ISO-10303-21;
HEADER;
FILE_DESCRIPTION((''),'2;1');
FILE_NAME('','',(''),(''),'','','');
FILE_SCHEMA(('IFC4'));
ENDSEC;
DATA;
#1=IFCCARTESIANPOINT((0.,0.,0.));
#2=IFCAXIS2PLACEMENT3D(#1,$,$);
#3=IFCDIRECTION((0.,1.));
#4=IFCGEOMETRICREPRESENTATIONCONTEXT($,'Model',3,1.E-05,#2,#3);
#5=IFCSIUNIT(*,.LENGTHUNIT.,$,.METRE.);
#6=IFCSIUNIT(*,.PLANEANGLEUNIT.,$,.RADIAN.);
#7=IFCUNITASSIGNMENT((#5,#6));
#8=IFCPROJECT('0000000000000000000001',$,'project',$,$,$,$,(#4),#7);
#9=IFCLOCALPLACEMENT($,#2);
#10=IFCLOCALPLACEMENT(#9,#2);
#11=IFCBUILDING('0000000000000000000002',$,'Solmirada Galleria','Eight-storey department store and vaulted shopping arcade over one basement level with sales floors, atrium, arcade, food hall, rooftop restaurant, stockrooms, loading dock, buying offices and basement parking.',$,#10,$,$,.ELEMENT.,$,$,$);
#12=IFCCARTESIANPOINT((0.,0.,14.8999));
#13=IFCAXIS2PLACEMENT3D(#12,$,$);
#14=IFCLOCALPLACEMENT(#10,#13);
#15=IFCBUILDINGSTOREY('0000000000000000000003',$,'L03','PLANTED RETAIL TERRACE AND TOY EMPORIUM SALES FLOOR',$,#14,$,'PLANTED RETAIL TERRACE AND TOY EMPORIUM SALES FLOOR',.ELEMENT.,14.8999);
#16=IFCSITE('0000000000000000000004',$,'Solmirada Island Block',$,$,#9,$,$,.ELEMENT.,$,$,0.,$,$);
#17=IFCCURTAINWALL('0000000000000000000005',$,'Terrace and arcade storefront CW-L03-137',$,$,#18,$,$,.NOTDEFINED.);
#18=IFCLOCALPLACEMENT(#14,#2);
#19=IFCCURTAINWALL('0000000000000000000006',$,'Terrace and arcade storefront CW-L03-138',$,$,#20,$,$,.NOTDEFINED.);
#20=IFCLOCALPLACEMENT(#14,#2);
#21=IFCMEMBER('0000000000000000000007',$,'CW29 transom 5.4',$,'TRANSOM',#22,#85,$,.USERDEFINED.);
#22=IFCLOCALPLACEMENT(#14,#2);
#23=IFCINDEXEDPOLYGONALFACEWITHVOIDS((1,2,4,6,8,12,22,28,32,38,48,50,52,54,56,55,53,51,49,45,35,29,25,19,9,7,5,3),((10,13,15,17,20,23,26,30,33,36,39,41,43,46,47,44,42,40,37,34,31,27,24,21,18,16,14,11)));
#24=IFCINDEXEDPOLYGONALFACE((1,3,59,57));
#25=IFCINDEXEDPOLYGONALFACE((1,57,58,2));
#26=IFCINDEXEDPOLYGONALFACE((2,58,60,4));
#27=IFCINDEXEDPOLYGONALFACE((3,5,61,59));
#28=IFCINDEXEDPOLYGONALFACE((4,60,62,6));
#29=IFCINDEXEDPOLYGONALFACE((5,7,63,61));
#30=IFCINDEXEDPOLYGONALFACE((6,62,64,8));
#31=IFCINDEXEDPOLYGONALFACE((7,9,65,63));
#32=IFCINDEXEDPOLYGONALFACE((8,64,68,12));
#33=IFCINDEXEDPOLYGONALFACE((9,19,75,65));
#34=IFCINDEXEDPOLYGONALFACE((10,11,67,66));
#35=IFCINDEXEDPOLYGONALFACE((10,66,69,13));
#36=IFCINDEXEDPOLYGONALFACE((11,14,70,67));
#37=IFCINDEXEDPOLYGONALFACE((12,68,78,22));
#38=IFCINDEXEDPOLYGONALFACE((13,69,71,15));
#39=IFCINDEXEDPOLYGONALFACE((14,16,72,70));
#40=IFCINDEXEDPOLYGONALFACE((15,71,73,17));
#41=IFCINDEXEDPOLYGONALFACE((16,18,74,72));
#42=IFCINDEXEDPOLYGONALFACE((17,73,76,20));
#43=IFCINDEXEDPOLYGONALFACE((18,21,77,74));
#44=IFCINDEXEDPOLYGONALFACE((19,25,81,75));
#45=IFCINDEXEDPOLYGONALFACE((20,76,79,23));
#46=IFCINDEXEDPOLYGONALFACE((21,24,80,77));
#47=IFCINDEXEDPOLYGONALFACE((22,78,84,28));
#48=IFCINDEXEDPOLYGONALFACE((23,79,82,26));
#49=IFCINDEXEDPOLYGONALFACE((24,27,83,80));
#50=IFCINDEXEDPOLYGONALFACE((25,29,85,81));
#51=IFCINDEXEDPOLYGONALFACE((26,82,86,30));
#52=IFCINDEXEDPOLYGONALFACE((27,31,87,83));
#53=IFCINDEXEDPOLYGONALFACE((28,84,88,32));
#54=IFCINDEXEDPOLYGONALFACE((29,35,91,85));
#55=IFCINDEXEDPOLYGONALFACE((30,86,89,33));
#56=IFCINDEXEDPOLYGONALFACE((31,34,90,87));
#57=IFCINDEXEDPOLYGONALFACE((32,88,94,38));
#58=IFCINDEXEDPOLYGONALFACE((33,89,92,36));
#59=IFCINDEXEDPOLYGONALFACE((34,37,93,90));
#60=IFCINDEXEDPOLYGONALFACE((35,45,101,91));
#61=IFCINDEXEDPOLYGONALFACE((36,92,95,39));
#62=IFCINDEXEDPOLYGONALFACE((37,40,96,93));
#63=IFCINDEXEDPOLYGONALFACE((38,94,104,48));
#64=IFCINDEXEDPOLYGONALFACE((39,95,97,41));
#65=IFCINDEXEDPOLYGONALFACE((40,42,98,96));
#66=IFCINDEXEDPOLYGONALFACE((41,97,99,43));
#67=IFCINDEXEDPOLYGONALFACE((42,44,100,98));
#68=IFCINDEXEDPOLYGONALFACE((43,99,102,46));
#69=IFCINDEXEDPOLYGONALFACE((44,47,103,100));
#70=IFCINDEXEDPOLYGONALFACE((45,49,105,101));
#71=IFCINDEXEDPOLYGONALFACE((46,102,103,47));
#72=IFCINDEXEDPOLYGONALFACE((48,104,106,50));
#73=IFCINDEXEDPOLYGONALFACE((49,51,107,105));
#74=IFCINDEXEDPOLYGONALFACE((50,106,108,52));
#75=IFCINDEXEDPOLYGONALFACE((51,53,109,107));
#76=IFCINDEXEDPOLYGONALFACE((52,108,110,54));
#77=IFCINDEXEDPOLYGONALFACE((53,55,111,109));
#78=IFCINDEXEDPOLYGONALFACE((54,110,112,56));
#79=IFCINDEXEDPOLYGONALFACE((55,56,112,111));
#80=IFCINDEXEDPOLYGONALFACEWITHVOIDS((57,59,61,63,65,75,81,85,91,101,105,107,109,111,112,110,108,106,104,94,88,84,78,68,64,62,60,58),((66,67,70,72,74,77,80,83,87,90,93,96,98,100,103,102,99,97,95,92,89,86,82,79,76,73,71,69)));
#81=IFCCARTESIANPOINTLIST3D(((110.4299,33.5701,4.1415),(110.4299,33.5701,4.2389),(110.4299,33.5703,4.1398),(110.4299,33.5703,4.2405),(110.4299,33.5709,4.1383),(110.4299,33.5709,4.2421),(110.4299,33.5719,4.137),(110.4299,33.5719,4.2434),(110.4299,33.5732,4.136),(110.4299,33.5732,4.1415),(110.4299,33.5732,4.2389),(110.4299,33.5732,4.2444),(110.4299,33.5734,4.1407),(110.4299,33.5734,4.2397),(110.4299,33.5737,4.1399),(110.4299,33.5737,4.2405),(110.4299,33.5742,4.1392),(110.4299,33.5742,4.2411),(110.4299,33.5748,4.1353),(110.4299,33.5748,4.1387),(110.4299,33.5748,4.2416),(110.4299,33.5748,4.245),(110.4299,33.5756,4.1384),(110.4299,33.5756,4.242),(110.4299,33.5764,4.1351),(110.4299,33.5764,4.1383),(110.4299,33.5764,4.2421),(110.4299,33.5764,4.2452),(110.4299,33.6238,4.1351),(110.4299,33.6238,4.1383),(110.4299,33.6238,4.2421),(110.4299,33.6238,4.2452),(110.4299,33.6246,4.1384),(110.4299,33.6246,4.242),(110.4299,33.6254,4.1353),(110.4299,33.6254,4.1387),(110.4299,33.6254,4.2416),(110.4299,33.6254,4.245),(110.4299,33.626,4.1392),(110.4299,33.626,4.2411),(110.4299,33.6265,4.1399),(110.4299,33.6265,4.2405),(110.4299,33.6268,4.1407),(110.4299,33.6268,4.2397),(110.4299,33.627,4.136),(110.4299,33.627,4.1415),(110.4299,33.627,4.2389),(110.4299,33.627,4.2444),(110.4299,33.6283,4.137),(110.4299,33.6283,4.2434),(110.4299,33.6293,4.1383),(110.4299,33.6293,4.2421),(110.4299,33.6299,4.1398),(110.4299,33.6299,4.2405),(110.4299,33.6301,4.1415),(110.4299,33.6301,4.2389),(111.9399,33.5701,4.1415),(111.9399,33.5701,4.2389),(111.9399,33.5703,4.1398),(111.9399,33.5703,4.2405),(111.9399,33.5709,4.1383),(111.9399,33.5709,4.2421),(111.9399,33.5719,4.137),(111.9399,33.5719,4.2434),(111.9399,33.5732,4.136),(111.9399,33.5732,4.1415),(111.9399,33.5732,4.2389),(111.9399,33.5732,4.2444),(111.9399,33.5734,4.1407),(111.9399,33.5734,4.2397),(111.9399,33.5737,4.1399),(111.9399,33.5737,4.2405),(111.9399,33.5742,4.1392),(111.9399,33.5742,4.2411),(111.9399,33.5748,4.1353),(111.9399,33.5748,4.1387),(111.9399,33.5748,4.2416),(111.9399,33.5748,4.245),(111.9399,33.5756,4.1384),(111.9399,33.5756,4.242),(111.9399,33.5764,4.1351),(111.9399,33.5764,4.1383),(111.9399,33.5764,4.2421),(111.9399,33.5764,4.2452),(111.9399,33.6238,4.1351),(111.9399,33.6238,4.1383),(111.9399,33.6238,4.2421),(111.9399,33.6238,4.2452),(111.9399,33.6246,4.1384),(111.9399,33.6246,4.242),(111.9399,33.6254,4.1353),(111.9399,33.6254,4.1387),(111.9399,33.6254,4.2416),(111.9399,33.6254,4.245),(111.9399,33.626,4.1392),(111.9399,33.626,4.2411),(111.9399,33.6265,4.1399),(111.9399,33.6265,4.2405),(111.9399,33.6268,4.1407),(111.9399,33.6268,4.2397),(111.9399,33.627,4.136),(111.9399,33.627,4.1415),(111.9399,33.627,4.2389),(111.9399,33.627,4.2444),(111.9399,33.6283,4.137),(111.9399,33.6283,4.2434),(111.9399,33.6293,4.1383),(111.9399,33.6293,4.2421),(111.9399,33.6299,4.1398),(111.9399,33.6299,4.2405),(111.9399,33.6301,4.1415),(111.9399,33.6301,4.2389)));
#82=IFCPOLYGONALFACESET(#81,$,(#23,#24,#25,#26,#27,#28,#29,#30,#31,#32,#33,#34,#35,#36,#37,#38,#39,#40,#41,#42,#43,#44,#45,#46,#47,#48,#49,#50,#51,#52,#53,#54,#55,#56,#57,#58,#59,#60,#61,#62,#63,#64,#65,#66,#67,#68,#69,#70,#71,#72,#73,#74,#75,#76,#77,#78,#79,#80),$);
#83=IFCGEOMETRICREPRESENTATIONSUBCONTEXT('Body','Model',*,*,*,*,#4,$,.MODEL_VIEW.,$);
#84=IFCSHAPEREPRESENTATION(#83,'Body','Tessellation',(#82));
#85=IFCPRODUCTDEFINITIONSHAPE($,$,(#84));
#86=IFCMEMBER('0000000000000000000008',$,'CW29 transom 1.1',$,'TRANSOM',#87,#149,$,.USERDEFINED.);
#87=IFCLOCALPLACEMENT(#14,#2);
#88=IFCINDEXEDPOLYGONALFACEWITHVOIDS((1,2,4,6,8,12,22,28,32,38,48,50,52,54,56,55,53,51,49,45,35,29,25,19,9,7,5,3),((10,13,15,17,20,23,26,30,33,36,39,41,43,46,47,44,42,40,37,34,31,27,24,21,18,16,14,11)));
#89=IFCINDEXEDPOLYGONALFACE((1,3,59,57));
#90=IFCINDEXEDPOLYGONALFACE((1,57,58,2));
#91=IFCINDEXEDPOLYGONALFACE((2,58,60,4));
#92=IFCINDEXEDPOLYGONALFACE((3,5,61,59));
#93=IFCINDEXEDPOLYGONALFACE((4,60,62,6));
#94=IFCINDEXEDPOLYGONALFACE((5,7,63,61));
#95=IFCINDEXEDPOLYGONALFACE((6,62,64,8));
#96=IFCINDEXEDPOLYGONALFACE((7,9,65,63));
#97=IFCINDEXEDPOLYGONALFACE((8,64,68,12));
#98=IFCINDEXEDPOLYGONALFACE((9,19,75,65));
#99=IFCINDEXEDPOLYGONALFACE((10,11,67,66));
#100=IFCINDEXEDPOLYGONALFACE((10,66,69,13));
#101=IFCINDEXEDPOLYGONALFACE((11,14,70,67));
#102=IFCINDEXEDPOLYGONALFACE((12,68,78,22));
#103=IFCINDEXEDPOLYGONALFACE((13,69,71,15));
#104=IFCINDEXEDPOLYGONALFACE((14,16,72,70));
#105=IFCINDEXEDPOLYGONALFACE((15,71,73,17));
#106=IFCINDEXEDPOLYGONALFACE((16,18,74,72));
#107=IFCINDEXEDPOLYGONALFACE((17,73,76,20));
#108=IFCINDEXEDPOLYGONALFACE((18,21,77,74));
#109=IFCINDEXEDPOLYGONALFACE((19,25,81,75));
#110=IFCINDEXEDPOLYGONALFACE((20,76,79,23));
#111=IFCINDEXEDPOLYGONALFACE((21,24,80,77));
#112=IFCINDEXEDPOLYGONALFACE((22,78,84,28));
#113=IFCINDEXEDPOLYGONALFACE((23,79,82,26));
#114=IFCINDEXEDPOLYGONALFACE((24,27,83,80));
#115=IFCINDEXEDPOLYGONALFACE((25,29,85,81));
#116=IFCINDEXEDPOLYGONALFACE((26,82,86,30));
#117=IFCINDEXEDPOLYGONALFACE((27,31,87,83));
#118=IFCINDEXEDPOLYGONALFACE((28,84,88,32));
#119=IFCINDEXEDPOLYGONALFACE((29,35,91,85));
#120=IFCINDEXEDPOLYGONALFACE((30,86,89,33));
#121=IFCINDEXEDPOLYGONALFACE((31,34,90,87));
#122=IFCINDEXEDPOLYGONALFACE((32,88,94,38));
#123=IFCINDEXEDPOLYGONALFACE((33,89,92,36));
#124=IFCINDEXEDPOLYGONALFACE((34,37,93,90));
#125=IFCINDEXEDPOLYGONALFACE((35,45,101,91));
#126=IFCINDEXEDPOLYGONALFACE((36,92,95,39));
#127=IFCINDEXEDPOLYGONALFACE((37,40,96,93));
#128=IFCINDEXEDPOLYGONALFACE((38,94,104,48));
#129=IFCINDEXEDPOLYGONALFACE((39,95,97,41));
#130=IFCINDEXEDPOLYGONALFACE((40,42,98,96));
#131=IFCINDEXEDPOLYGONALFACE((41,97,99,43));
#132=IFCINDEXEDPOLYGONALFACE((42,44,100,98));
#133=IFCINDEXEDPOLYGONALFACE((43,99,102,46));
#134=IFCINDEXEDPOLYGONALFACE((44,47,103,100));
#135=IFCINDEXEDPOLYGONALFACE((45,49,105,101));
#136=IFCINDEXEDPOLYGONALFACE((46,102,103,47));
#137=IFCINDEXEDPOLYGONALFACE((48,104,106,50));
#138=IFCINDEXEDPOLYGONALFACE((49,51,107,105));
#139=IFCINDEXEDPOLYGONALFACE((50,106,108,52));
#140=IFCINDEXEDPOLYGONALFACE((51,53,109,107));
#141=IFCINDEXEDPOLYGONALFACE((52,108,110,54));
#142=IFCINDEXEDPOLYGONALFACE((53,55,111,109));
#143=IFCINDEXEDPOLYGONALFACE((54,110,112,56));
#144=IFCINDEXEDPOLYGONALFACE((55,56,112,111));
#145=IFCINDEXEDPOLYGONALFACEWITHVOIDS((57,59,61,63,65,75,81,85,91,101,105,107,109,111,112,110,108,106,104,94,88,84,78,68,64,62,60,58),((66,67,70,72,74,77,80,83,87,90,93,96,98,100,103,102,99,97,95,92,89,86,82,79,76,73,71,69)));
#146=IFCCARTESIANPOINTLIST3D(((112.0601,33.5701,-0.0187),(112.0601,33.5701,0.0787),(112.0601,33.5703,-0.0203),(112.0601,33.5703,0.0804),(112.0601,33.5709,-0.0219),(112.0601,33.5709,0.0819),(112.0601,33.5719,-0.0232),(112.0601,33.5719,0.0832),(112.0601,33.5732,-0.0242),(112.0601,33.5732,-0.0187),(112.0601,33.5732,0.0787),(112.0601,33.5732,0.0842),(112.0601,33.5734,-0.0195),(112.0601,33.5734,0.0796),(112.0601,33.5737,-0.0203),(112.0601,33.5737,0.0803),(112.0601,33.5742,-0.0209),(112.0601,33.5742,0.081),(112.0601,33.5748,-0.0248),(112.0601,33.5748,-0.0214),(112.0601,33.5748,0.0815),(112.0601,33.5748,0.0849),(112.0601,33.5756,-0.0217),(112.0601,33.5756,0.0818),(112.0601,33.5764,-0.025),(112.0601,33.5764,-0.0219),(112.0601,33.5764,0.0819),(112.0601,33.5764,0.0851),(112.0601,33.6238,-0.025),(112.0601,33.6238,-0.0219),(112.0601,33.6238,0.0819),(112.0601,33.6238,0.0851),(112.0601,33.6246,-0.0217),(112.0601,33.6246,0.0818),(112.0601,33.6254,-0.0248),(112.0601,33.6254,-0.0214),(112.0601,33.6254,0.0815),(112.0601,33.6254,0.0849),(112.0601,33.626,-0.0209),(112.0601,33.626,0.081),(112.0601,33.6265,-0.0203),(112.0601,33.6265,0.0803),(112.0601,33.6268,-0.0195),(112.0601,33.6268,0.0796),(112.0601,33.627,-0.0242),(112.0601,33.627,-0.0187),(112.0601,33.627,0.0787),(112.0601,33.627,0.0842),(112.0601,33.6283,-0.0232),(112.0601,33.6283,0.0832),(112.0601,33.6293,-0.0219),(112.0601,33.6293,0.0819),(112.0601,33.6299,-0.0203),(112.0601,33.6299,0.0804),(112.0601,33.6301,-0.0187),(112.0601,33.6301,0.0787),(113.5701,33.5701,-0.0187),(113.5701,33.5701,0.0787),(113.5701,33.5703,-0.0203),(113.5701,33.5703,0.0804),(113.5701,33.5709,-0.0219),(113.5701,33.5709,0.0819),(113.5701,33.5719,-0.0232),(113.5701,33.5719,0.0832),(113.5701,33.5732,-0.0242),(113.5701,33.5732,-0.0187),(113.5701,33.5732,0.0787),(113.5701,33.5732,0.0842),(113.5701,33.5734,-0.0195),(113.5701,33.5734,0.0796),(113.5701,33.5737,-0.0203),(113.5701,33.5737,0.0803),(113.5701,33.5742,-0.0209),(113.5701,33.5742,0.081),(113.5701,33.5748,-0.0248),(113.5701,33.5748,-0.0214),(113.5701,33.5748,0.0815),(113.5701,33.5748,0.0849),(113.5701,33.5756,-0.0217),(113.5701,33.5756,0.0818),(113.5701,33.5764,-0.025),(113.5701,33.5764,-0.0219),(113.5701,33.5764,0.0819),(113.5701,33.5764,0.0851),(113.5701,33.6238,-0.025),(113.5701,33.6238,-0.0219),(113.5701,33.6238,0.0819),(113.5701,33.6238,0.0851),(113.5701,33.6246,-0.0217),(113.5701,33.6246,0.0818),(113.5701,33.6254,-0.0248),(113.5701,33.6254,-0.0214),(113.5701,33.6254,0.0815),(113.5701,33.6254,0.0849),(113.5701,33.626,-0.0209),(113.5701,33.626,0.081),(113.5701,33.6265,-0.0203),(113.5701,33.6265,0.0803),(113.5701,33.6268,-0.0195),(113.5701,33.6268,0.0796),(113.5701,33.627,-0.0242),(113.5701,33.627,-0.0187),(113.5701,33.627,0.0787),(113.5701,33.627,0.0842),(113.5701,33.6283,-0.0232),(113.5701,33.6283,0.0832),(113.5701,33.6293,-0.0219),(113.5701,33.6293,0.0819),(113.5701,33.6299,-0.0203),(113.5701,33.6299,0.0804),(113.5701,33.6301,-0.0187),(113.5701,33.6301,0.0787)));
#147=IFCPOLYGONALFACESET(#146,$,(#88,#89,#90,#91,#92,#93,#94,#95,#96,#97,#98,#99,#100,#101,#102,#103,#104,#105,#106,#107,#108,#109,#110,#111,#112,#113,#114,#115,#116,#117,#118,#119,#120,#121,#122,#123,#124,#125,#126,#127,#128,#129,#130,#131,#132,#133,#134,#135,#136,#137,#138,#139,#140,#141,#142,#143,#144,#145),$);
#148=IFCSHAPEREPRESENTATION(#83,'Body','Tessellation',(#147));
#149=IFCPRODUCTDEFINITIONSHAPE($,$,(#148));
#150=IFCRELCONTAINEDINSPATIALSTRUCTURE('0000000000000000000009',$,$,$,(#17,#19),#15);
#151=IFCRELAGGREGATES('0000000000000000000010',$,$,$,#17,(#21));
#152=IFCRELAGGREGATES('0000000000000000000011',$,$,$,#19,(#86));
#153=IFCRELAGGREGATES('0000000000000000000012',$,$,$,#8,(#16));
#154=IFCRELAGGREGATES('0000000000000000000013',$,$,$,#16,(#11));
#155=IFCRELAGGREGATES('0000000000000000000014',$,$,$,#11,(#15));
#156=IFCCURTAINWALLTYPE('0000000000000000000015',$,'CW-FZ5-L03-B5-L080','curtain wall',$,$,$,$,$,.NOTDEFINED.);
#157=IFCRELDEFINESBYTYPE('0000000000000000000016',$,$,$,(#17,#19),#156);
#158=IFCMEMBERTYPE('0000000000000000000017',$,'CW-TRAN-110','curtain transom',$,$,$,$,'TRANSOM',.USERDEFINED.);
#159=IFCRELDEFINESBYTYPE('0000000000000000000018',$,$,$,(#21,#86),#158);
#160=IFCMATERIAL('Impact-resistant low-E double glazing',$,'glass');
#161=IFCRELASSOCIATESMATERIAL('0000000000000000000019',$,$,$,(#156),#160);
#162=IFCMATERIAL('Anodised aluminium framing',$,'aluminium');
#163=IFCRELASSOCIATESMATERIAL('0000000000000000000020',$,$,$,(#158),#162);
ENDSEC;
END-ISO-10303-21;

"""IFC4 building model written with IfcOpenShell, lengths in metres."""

from ifc_helpers import new_model, si_unit, direction, frame, origin, origin_2d, place, context, subcontext, project, spatial, hollow_rectangle, extrude, material, material_profile, profile_set, type_object, element, aggregate, save


model = new_model("IFC4")

# Units and contexts
model_context = context("Model", 3, precision=1e-05, world=origin(), true_north=direction((0.0, 1.0)))
body_context = subcontext(model_context, "Body", "Model", "MODEL_VIEW")
ifc_project = project(units=[si_unit("LENGTHUNIT", "METRE"), si_unit("PLANEANGLEUNIT", "RADIAN")], contexts=[model_context])

# Site, building, storey
site_placement = place(None, origin())
site = spatial("IfcSite", under=ifc_project, at=site_placement, Name="Solmirada Island Block", CompositionType="ELEMENT", RefElevation=0.0)
building_placement = place(site_placement, origin())
building = spatial("IfcBuilding", under=site, at=building_placement, Name="Solmirada Galleria", Description="Eight-storey department store and vaulted shopping arcade over one basement level with sales floors, atrium, arcade, food hall, rooftop restaurant, stockrooms, loading dock, buying offices and basement parking.", CompositionType="ELEMENT")
storey_placement = place(building_placement, frame((0.0, 0.0, 14.8999)))
storey = spatial("IfcBuildingStorey", under=building, at=storey_placement, Name="L03", Description="PLANTED RETAIL TERRACE AND TOY EMPORIUM SALES FLOOR", LongName="PLANTED RETAIL TERRACE AND TOY EMPORIUM SALES FLOOR", CompositionType="ELEMENT", Elevation=14.8999)

# Curtain walls
ifc_material_1 = material(Name="Impact-resistant low-E double glazing", Category="glass")
curtain_wall_type = type_object("IfcCurtainWallType", Name="CW-FZ5-L03-B5-L080", Description="curtain wall", PredefinedType="NOTDEFINED", material=ifc_material_1)
curtain_wall_1_placement = place(storey_placement, origin())
curtain_wall_1 = element("IfcCurtainWall", 1, at=curtain_wall_1_placement, inside=storey, type_object=curtain_wall_type, Name="Terrace and arcade storefront CW-L03-137", PredefinedType="NOTDEFINED")
ifc_material_2 = material(Name="Anodised aluminium framing", Category="aluminium")
curtain_wall_2_placement = place(storey_placement, origin())
curtain_wall_2 = element("IfcCurtainWall", 2, at=curtain_wall_2_placement, inside=storey, type_object=curtain_wall_type, Name="Terrace and arcade storefront CW-L03-138", PredefinedType="NOTDEFINED")

# Members
ifc_material_profile_1 = material_profile(ifc_material_2, hollow_rectangle(XDim=0.0601, YDim=0.1101, WallThickness=0.0032, InnerFilletRadius=0.0032, OuterFilletRadius=0.0063, at=origin_2d()), Name="ALU-TRAN-110X60")
ifc_profile_set_1 = profile_set([ifc_material_profile_1], Name="Anodised aluminium framing")
member_type_1 = type_object("IfcMemberType", Name="CW-TRAN-110", Description="curtain transom", ElementType="TRANSOM", PredefinedType="USERDEFINED", material=ifc_profile_set_1)
member_1_placement = place(storey_placement, frame((110.4299, 33.6001, 4.1902), z_axis=(1.0, 0.0, 0.0), x_axis=(0.0, 1.0, 0.0)))
member_1 = element("IfcMember", 3, at=member_1_placement, type_object=member_type_1, Name="CW29 transom 5.4", ObjectType="TRANSOM", PredefinedType="USERDEFINED", context=body_context, shape_type="SweptSolid", body=[
    extrude(hollow_rectangle(XDim=0.0601, YDim=0.1101, WallThickness=0.0032, InnerFilletRadius=0.0032, OuterFilletRadius=0.0063, at=origin_2d()), origin(), (0.0, 0.0, 1.0), 1.51),
])
member_2_placement = place(storey_placement, frame((112.0601, 33.6001, 0.03), z_axis=(1.0, 0.0, 0.0), x_axis=(0.0, 1.0, 0.0)))
member_2 = element("IfcMember", 4, at=member_2_placement, type_object=member_type_1, Name="CW29 transom 1.1", ObjectType="TRANSOM", PredefinedType="USERDEFINED", context=body_context, shape_type="SweptSolid", body=[
    extrude(hollow_rectangle(XDim=0.0601, YDim=0.1101, WallThickness=0.0032, InnerFilletRadius=0.0032, OuterFilletRadius=0.0063, at=origin_2d()), origin(), (0.0, 0.0, 1.0), 1.51),
])

aggregate(curtain_wall_1, [member_1])
aggregate(curtain_wall_2, [member_2])

save(model, "model.ifc")
